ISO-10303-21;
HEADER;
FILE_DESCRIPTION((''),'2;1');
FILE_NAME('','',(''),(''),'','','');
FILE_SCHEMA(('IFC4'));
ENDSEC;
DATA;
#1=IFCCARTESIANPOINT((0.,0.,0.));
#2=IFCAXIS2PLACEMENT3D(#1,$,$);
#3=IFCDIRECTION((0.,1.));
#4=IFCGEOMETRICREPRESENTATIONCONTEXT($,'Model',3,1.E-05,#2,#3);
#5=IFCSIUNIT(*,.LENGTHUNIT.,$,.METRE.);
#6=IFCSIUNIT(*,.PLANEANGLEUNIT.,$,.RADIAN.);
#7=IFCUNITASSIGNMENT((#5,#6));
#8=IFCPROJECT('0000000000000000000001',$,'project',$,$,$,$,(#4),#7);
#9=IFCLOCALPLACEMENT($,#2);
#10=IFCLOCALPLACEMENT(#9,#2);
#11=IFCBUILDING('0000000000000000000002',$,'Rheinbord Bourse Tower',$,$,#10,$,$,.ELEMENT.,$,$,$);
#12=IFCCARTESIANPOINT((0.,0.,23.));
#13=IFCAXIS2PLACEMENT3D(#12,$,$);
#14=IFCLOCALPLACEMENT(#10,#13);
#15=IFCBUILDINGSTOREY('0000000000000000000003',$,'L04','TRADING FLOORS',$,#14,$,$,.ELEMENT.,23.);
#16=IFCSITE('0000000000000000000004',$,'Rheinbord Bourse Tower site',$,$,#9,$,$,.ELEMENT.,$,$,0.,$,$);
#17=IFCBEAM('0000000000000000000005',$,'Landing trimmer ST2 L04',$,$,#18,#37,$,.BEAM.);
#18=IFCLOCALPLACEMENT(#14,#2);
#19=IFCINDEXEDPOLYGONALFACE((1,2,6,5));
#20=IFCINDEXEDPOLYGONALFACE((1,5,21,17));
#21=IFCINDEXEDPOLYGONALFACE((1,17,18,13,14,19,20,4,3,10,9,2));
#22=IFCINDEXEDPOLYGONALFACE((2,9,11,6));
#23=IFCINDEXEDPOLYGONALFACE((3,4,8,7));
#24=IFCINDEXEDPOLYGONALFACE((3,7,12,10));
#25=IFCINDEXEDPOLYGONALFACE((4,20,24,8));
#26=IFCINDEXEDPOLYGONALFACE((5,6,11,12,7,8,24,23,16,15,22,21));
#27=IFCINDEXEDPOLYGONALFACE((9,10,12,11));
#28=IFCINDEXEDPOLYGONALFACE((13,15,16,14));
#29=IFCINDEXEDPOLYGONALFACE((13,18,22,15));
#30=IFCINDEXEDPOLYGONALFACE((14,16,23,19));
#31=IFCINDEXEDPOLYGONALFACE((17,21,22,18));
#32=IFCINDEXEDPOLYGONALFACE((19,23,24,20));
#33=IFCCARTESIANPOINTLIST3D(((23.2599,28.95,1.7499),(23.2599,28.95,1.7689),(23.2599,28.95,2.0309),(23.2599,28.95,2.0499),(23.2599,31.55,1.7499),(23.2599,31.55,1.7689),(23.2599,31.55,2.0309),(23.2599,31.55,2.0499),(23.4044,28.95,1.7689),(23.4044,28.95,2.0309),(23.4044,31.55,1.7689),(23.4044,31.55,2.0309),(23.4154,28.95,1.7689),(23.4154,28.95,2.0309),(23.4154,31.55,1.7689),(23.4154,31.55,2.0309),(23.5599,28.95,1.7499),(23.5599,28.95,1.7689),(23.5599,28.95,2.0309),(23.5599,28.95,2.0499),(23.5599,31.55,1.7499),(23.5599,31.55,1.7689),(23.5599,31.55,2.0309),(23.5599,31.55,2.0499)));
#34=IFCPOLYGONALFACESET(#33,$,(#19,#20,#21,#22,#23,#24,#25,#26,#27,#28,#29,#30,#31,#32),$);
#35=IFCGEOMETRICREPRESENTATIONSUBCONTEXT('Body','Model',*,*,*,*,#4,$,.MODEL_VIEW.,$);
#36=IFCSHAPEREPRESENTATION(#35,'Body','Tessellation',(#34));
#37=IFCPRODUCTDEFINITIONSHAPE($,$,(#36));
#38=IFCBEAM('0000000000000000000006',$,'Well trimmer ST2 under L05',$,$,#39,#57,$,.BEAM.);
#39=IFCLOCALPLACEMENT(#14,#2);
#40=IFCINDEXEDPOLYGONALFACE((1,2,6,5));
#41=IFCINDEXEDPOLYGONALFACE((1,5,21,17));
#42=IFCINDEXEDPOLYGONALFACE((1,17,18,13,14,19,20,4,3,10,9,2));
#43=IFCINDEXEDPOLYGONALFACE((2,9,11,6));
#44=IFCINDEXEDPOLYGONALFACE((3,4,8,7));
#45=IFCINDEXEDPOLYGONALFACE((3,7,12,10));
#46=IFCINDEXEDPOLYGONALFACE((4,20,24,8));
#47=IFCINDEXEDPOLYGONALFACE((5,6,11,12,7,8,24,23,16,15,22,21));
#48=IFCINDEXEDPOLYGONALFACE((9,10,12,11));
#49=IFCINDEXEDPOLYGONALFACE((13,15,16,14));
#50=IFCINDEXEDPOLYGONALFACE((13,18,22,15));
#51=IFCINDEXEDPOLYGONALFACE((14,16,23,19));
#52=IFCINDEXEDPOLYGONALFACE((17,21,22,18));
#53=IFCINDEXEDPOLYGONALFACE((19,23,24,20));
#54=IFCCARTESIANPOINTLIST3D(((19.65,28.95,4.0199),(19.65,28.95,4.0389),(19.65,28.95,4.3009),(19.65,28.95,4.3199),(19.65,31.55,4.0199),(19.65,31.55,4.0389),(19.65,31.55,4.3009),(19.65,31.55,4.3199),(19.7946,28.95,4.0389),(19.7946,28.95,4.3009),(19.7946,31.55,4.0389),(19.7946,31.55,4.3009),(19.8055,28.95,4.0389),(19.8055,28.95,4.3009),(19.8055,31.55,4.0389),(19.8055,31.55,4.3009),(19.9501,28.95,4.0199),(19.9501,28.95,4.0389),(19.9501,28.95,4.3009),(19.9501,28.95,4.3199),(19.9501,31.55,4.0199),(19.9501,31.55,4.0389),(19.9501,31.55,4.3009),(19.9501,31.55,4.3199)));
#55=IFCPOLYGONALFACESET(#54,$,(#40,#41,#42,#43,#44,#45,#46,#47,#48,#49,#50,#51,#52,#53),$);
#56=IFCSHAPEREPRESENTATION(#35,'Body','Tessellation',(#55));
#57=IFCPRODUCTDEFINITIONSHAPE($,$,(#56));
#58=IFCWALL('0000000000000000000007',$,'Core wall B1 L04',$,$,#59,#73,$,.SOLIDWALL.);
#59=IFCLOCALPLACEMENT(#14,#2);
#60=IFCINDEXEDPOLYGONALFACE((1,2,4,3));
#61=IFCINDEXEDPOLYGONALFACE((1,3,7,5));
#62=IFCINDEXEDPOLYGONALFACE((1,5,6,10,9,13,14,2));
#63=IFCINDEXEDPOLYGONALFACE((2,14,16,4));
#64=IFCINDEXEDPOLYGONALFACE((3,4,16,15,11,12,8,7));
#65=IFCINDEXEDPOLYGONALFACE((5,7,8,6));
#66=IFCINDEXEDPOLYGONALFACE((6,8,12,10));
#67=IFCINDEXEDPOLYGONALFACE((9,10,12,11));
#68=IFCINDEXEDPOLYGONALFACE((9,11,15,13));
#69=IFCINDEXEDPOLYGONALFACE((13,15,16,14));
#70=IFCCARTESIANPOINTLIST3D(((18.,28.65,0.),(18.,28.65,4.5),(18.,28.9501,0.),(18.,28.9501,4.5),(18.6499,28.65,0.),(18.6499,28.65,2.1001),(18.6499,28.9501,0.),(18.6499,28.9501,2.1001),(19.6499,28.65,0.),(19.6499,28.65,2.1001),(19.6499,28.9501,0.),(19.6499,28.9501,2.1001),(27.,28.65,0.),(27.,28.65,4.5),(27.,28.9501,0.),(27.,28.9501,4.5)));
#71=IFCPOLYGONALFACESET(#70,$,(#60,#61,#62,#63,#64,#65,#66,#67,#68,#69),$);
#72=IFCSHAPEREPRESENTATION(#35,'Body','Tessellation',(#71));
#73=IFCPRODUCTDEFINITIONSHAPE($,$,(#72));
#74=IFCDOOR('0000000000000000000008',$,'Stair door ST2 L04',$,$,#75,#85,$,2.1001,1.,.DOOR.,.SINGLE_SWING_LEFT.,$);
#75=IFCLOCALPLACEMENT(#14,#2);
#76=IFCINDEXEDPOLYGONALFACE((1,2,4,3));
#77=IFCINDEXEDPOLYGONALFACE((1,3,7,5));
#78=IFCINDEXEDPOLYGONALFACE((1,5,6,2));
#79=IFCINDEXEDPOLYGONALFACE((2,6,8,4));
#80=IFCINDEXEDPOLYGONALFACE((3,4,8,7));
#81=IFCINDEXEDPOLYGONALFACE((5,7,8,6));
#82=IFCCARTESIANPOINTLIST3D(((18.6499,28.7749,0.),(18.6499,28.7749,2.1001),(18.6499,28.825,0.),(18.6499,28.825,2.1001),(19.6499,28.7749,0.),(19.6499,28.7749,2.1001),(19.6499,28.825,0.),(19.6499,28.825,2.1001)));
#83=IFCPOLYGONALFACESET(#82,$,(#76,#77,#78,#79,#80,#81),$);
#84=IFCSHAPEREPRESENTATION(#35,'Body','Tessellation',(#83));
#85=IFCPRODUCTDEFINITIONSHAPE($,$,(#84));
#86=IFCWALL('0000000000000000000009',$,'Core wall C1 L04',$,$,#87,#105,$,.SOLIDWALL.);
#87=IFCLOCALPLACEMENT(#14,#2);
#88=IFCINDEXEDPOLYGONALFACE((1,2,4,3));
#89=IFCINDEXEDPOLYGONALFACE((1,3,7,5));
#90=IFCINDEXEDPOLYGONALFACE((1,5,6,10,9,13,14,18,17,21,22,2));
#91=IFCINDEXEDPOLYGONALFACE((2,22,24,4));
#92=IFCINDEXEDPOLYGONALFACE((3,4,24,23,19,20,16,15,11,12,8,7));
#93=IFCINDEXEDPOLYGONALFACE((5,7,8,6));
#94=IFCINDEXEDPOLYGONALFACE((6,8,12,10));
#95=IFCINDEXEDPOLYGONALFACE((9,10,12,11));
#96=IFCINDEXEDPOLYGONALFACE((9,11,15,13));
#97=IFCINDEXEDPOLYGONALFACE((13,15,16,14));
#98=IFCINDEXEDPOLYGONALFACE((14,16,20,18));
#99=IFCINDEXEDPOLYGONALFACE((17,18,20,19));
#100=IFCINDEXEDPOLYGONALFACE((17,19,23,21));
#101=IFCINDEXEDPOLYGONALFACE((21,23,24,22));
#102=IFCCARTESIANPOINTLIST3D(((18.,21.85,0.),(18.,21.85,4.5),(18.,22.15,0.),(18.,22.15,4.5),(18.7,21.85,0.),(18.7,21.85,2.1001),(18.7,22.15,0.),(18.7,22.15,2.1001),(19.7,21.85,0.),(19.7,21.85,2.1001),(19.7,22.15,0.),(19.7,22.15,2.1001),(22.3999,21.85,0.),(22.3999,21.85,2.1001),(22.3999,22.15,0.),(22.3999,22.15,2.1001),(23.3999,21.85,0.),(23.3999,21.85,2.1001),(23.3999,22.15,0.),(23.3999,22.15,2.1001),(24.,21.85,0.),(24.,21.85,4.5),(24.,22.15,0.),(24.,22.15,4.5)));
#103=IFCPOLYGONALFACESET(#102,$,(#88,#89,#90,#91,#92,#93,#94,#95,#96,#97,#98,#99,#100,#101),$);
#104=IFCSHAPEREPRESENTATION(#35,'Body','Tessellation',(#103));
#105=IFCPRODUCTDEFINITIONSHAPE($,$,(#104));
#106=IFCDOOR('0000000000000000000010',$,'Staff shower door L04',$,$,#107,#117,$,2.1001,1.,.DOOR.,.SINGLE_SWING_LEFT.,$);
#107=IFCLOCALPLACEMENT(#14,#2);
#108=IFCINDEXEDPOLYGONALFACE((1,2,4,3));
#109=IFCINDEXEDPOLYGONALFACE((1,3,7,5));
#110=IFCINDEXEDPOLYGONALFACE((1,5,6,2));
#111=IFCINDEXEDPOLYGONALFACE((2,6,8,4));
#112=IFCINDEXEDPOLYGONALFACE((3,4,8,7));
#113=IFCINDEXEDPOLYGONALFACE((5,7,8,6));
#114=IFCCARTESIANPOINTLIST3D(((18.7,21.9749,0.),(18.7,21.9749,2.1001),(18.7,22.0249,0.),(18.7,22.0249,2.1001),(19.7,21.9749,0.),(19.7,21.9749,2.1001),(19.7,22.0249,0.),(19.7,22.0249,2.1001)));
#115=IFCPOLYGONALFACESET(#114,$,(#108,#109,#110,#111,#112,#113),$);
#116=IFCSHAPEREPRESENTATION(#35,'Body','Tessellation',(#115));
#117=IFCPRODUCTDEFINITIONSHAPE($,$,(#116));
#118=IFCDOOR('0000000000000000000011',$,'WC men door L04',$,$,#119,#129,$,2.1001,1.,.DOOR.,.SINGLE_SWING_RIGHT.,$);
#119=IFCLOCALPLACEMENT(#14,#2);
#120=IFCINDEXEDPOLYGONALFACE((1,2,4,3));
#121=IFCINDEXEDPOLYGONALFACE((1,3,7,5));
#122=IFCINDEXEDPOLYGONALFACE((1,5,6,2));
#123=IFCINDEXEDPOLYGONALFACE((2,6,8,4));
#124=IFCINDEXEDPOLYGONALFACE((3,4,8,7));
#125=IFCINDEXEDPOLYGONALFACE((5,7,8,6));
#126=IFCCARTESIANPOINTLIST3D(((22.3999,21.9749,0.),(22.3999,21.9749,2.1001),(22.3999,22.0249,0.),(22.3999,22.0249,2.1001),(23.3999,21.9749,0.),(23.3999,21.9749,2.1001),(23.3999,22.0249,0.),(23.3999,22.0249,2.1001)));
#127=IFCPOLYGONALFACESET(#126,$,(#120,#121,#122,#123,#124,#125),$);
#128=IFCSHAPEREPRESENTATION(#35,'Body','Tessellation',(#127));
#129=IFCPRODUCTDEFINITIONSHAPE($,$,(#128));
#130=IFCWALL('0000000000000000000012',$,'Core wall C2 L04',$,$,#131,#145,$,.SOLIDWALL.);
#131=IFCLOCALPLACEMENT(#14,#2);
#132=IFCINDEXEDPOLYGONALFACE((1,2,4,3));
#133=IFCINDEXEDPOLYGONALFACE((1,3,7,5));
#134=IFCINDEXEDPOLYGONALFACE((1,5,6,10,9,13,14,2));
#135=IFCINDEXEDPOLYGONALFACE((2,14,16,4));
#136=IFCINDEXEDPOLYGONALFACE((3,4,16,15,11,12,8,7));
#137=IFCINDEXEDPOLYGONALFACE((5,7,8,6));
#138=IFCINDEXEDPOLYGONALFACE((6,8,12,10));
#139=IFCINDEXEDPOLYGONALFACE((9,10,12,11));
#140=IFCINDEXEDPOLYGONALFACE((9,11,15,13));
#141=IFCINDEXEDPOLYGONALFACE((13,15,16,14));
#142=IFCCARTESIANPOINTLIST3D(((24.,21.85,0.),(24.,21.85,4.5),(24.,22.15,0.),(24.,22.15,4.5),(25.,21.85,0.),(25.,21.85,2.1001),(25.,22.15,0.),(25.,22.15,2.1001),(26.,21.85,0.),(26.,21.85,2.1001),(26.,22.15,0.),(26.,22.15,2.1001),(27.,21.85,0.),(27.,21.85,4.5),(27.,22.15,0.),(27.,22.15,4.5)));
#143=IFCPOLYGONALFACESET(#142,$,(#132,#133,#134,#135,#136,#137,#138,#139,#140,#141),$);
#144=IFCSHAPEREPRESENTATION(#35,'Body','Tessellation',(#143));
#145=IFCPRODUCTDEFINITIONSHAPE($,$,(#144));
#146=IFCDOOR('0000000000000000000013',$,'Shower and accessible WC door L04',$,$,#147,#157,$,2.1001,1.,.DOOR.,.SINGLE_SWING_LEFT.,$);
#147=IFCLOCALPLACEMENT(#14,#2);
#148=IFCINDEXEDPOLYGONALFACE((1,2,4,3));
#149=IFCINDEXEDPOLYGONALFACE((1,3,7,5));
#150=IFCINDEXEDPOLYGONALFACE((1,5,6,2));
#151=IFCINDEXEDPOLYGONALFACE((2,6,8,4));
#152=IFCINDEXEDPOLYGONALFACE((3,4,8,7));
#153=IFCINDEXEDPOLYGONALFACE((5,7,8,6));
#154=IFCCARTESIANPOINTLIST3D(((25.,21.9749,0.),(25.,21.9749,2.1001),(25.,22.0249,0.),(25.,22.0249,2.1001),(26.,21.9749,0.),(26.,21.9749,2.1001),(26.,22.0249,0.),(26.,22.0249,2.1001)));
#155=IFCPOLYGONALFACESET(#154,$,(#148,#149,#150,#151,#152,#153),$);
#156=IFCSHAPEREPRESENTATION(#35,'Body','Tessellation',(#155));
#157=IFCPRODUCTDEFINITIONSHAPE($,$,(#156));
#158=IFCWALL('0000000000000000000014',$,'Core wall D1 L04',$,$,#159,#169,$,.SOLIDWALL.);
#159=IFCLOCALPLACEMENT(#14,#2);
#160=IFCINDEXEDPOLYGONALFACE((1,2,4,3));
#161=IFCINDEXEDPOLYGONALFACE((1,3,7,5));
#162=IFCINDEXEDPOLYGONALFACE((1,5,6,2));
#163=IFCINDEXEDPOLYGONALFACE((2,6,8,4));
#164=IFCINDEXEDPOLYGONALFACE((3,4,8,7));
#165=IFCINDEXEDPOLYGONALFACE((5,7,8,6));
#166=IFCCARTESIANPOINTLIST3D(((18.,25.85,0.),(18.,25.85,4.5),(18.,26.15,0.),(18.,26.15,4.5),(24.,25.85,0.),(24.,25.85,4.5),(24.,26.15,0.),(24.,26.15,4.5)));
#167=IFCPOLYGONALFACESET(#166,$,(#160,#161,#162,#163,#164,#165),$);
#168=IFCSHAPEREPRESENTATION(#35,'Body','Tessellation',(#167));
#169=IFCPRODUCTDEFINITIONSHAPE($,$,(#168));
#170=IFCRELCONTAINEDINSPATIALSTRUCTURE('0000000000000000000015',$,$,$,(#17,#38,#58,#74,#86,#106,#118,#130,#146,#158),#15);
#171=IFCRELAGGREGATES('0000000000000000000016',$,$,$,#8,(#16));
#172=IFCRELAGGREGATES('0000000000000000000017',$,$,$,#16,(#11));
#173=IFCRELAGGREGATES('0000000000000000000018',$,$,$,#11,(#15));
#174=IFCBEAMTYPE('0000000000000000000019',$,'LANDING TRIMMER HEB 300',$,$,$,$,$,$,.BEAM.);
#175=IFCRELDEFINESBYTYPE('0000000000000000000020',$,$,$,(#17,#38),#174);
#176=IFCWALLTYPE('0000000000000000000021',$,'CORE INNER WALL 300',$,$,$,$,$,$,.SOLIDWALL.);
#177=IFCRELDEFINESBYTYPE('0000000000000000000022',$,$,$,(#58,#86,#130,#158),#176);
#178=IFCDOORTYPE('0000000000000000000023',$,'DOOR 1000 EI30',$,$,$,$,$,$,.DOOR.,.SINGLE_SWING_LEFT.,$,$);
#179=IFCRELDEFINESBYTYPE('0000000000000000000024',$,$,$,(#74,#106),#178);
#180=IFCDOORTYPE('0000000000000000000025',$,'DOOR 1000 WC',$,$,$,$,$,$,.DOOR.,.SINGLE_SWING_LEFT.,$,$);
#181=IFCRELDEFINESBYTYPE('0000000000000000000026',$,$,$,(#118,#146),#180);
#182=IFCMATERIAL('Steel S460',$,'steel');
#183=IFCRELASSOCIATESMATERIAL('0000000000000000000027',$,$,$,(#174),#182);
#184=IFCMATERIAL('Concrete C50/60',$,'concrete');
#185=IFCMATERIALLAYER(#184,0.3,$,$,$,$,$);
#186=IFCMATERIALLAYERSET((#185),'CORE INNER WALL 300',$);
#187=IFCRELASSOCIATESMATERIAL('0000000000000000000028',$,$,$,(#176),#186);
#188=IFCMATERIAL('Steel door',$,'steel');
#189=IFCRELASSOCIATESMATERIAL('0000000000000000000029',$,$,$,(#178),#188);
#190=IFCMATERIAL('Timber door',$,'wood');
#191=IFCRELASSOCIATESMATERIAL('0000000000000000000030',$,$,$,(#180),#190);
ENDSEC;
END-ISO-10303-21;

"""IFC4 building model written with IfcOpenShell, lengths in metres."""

from ifc_helpers import new_model, si_unit, direction, frame, frame_2d, origin, origin_2d, place, context, subcontext, project, spatial, rectangle, i_section, extrude, material, layer, layer_set, material_profile, profile_set, type_object, element, fill, save


model = new_model("IFC4")

# Units and contexts
model_context = context("Model", 3, precision=1e-05, world=origin(), true_north=direction((0.0, 1.0)))
body_context = subcontext(model_context, "Body", "Model", "MODEL_VIEW")
ifc_project = project(units=[si_unit("LENGTHUNIT", "METRE"), si_unit("PLANEANGLEUNIT", "RADIAN")], contexts=[model_context])

# Site, building, storey
site_placement = place(None, origin())
site = spatial("IfcSite", under=ifc_project, at=site_placement, Name="Rheinbord Bourse Tower site", CompositionType="ELEMENT", RefElevation=0.0)
building_placement = place(site_placement, origin())
building = spatial("IfcBuilding", under=site, at=building_placement, Name="Rheinbord Bourse Tower", CompositionType="ELEMENT")
storey_placement = place(building_placement, frame((0.0, 0.0, 23.0)))
storey = spatial("IfcBuildingStorey", under=building, at=storey_placement, Name="L04", Description="TRADING FLOORS", CompositionType="ELEMENT", Elevation=23.0)

# Beams
ifc_material_1 = material(Name="Steel S460", Category="steel")
ifc_material_profile = material_profile(ifc_material_1, i_section(OverallWidth=0.3, OverallDepth=0.3, WebThickness=0.011, FlangeThickness=0.019, at=origin_2d()), Name="HEB 300")
ifc_profile_set = profile_set([ifc_material_profile], Name="Steel S460")
beam_type = type_object("IfcBeamType", Name="LANDING TRIMMER HEB 300", PredefinedType="BEAM", material=ifc_profile_set)
for number, where, z_axis, x_axis, name in (
    (1, (23.4099, 28.95, 1.8999), (0.0, 1.0, 0.0), (-1.0, 0.0, 0.0), "Landing trimmer ST2 L04"),
    (2, (19.8, 28.95, 4.1699), (0.0, 1.0, 0.0), (-1.0, 0.0, 0.0), "Well trimmer ST2 under L05"),
):
    element("IfcBeam", number, at=place(storey_placement, frame(where, z_axis=z_axis, x_axis=x_axis)), inside=storey, type_object=beam_type, Name=name, PredefinedType="BEAM", context=body_context, shape_type="SweptSolid", body=[
        extrude(i_section(OverallWidth=0.3, OverallDepth=0.3, WebThickness=0.011, FlangeThickness=0.019, at=origin_2d()), origin(), (0.0, 0.0, 1.0), 2.6001),
    ])

# Wall, opening, door
ifc_material_2 = material(Name="Concrete C50/60", Category="concrete")
ifc_layer_1 = layer(ifc_material_2, 0.3)
ifc_layer_set_1 = layer_set([ifc_layer_1], Name="CORE INNER WALL 300")
wall_type_1 = type_object("IfcWallType", Name="CORE INNER WALL 300", PredefinedType="SOLIDWALL", material=ifc_layer_set_1)
wall_1_placement = place(storey_placement, frame((18.0, 28.8, 0.0), z_axis=(0.0, 0.0, 1.0), x_axis=(1.0, 0.0, 0.0)))
wall_1 = element("IfcWall", 3, at=wall_1_placement, inside=storey, type_object=wall_type_1, Name="Core wall B1 L04", PredefinedType="SOLIDWALL", context=body_context, shape_type="SweptSolid", body=[
    extrude(rectangle(XDim=9.0, YDim=0.3, at=frame_2d((4.5, 0.0))), origin(), (0.0, 0.0, 1.0), 4.5),
])
opening_1_placement = place(wall_1_placement, frame((0.6499, 0.0, 0.0)))
opening_1 = element("IfcOpeningElement", 4, at=opening_1_placement, cuts=wall_1, PredefinedType="OPENING", context=body_context, shape_type="SweptSolid", body=[
    extrude(rectangle(XDim=1.0, YDim=2.1001, at=frame_2d((0.5, 1.05))), frame((0.0, 0.1599, 0.0), z_axis=(0.0, -1.0, 0.0), x_axis=(1.0, 0.0, 0.0)), (0.0, 0.0, 1.0), 0.3201),
])
ifc_material_3 = material(Name="Steel door", Category="steel")
door_type_1 = type_object("IfcDoorType", Name="DOOR 1000 EI30", OperationType="SINGLE_SWING_LEFT", PredefinedType="DOOR", material=ifc_material_3)
door_1_placement = place(opening_1_placement, origin())
door_1 = element("IfcDoor", 5, at=door_1_placement, inside=storey, type_object=door_type_1, Name="Stair door ST2 L04", OperationType="SINGLE_SWING_LEFT", OverallHeight=2.1001, OverallWidth=1.0, PredefinedType="DOOR", context=body_context, shape_type="SweptSolid", body=[
    extrude(rectangle(XDim=1.0, YDim=2.1001, at=frame_2d((0.5, 1.05))), frame((0.0, 0.0249, 0.0), z_axis=(0.0, -1.0, 0.0), x_axis=(1.0, 0.0, 0.0)), (0.0, 0.0, 1.0), 0.05),
])
fill(opening_1, door_1)

# Wall, openings, doors
wall_2_placement = place(storey_placement, frame((18.0, 22.0, 0.0), z_axis=(0.0, 0.0, 1.0), x_axis=(1.0, 0.0, 0.0)))
wall_2 = element("IfcWall", 6, at=wall_2_placement, inside=storey, type_object=wall_type_1, Name="Core wall C1 L04", PredefinedType="SOLIDWALL", context=body_context, shape_type="SweptSolid", body=[
    extrude(rectangle(XDim=6.0, YDim=0.3, at=frame_2d((3.0, 0.0))), origin(), (0.0, 0.0, 1.0), 4.5),
])
opening_2_placement = place(wall_2_placement, frame((4.3999, 0.0, 0.0)))
opening_2 = element("IfcOpeningElement", 7, at=opening_2_placement, cuts=wall_2, PredefinedType="OPENING", context=body_context, shape_type="SweptSolid", body=[
    extrude(rectangle(XDim=1.0, YDim=2.1001, at=frame_2d((0.5, 1.05))), frame((0.0, 0.1599, 0.0), z_axis=(0.0, -1.0, 0.0), x_axis=(1.0, 0.0, 0.0)), (0.0, 0.0, 1.0), 0.3201),
])
opening_3_placement = place(wall_2_placement, frame((0.7, 0.0, 0.0)))
opening_3 = element("IfcOpeningElement", 8, at=opening_3_placement, cuts=wall_2, PredefinedType="OPENING", context=body_context, shape_type="SweptSolid", body=[
    extrude(rectangle(XDim=1.0, YDim=2.1001, at=frame_2d((0.5, 1.05))), frame((0.0, 0.1599, 0.0), z_axis=(0.0, -1.0, 0.0), x_axis=(1.0, 0.0, 0.0)), (0.0, 0.0, 1.0), 0.3201),
])
door_2_placement = place(opening_3_placement, origin())
door_2 = element("IfcDoor", 9, at=door_2_placement, inside=storey, type_object=door_type_1, Name="Staff shower door L04", OperationType="SINGLE_SWING_LEFT", OverallHeight=2.1001, OverallWidth=1.0, PredefinedType="DOOR", context=body_context, shape_type="SweptSolid", body=[
    extrude(rectangle(XDim=1.0, YDim=2.1001, at=frame_2d((0.5, 1.05))), frame((0.0, 0.0249, 0.0), z_axis=(0.0, -1.0, 0.0), x_axis=(1.0, 0.0, 0.0)), (0.0, 0.0, 1.0), 0.05),
])
fill(opening_3, door_2)
ifc_material_4 = material(Name="Timber door", Category="wood")
door_type_2 = type_object("IfcDoorType", Name="DOOR 1000 WC", OperationType="SINGLE_SWING_LEFT", PredefinedType="DOOR", material=ifc_material_4)
door_3_placement = place(opening_2_placement, origin())
door_3 = element("IfcDoor", 10, at=door_3_placement, inside=storey, type_object=door_type_2, Name="WC men door L04", OperationType="SINGLE_SWING_RIGHT", OverallHeight=2.1001, OverallWidth=1.0, PredefinedType="DOOR", context=body_context, shape_type="SweptSolid", body=[
    extrude(rectangle(XDim=1.0, YDim=2.1001, at=frame_2d((0.5, 1.05))), frame((0.0, 0.0249, 0.0), z_axis=(0.0, -1.0, 0.0), x_axis=(1.0, 0.0, 0.0)), (0.0, 0.0, 1.0), 0.05),
])
fill(opening_2, door_3)

# Wall, opening, door
wall_3_placement = place(storey_placement, frame((24.0, 22.0, 0.0), z_axis=(0.0, 0.0, 1.0), x_axis=(1.0, 0.0, 0.0)))
wall_3 = element("IfcWall", 11, at=wall_3_placement, inside=storey, type_object=wall_type_1, Name="Core wall C2 L04", PredefinedType="SOLIDWALL", context=body_context, shape_type="SweptSolid", body=[
    extrude(rectangle(XDim=3.0, YDim=0.3, at=frame_2d((1.5, 0.0))), origin(), (0.0, 0.0, 1.0), 4.5),
])
opening_4_placement = place(wall_3_placement, frame((1.0, 0.0, 0.0)))
opening_4 = element("IfcOpeningElement", 12, at=opening_4_placement, cuts=wall_3, PredefinedType="OPENING", context=body_context, shape_type="SweptSolid", body=[
    extrude(rectangle(XDim=1.0, YDim=2.1001, at=frame_2d((0.5, 1.05))), frame((0.0, 0.1599, 0.0), z_axis=(0.0, -1.0, 0.0), x_axis=(1.0, 0.0, 0.0)), (0.0, 0.0, 1.0), 0.3201),
])
door_4_placement = place(opening_4_placement, origin())
door_4 = element("IfcDoor", 13, at=door_4_placement, inside=storey, type_object=door_type_2, Name="Shower and accessible WC door L04", OperationType="SINGLE_SWING_LEFT", OverallHeight=2.1001, OverallWidth=1.0, PredefinedType="DOOR", context=body_context, shape_type="SweptSolid", body=[
    extrude(rectangle(XDim=1.0, YDim=2.1001, at=frame_2d((0.5, 1.05))), frame((0.0, 0.0249, 0.0), z_axis=(0.0, -1.0, 0.0), x_axis=(1.0, 0.0, 0.0)), (0.0, 0.0, 1.0), 0.05),
])
fill(opening_4, door_4)

# Wall
wall_4_placement = place(storey_placement, frame((18.0, 26.0, 0.0), z_axis=(0.0, 0.0, 1.0), x_axis=(1.0, 0.0, 0.0)))
element("IfcWall", 14, at=wall_4_placement, inside=storey, type_object=wall_type_1, Name="Core wall D1 L04", PredefinedType="SOLIDWALL", context=body_context, shape_type="SweptSolid", body=[
    extrude(rectangle(XDim=6.0, YDim=0.3, at=frame_2d((3.0, 0.0))), origin(), (0.0, 0.0, 1.0), 4.5),
])

save(model, "model.ifc")
